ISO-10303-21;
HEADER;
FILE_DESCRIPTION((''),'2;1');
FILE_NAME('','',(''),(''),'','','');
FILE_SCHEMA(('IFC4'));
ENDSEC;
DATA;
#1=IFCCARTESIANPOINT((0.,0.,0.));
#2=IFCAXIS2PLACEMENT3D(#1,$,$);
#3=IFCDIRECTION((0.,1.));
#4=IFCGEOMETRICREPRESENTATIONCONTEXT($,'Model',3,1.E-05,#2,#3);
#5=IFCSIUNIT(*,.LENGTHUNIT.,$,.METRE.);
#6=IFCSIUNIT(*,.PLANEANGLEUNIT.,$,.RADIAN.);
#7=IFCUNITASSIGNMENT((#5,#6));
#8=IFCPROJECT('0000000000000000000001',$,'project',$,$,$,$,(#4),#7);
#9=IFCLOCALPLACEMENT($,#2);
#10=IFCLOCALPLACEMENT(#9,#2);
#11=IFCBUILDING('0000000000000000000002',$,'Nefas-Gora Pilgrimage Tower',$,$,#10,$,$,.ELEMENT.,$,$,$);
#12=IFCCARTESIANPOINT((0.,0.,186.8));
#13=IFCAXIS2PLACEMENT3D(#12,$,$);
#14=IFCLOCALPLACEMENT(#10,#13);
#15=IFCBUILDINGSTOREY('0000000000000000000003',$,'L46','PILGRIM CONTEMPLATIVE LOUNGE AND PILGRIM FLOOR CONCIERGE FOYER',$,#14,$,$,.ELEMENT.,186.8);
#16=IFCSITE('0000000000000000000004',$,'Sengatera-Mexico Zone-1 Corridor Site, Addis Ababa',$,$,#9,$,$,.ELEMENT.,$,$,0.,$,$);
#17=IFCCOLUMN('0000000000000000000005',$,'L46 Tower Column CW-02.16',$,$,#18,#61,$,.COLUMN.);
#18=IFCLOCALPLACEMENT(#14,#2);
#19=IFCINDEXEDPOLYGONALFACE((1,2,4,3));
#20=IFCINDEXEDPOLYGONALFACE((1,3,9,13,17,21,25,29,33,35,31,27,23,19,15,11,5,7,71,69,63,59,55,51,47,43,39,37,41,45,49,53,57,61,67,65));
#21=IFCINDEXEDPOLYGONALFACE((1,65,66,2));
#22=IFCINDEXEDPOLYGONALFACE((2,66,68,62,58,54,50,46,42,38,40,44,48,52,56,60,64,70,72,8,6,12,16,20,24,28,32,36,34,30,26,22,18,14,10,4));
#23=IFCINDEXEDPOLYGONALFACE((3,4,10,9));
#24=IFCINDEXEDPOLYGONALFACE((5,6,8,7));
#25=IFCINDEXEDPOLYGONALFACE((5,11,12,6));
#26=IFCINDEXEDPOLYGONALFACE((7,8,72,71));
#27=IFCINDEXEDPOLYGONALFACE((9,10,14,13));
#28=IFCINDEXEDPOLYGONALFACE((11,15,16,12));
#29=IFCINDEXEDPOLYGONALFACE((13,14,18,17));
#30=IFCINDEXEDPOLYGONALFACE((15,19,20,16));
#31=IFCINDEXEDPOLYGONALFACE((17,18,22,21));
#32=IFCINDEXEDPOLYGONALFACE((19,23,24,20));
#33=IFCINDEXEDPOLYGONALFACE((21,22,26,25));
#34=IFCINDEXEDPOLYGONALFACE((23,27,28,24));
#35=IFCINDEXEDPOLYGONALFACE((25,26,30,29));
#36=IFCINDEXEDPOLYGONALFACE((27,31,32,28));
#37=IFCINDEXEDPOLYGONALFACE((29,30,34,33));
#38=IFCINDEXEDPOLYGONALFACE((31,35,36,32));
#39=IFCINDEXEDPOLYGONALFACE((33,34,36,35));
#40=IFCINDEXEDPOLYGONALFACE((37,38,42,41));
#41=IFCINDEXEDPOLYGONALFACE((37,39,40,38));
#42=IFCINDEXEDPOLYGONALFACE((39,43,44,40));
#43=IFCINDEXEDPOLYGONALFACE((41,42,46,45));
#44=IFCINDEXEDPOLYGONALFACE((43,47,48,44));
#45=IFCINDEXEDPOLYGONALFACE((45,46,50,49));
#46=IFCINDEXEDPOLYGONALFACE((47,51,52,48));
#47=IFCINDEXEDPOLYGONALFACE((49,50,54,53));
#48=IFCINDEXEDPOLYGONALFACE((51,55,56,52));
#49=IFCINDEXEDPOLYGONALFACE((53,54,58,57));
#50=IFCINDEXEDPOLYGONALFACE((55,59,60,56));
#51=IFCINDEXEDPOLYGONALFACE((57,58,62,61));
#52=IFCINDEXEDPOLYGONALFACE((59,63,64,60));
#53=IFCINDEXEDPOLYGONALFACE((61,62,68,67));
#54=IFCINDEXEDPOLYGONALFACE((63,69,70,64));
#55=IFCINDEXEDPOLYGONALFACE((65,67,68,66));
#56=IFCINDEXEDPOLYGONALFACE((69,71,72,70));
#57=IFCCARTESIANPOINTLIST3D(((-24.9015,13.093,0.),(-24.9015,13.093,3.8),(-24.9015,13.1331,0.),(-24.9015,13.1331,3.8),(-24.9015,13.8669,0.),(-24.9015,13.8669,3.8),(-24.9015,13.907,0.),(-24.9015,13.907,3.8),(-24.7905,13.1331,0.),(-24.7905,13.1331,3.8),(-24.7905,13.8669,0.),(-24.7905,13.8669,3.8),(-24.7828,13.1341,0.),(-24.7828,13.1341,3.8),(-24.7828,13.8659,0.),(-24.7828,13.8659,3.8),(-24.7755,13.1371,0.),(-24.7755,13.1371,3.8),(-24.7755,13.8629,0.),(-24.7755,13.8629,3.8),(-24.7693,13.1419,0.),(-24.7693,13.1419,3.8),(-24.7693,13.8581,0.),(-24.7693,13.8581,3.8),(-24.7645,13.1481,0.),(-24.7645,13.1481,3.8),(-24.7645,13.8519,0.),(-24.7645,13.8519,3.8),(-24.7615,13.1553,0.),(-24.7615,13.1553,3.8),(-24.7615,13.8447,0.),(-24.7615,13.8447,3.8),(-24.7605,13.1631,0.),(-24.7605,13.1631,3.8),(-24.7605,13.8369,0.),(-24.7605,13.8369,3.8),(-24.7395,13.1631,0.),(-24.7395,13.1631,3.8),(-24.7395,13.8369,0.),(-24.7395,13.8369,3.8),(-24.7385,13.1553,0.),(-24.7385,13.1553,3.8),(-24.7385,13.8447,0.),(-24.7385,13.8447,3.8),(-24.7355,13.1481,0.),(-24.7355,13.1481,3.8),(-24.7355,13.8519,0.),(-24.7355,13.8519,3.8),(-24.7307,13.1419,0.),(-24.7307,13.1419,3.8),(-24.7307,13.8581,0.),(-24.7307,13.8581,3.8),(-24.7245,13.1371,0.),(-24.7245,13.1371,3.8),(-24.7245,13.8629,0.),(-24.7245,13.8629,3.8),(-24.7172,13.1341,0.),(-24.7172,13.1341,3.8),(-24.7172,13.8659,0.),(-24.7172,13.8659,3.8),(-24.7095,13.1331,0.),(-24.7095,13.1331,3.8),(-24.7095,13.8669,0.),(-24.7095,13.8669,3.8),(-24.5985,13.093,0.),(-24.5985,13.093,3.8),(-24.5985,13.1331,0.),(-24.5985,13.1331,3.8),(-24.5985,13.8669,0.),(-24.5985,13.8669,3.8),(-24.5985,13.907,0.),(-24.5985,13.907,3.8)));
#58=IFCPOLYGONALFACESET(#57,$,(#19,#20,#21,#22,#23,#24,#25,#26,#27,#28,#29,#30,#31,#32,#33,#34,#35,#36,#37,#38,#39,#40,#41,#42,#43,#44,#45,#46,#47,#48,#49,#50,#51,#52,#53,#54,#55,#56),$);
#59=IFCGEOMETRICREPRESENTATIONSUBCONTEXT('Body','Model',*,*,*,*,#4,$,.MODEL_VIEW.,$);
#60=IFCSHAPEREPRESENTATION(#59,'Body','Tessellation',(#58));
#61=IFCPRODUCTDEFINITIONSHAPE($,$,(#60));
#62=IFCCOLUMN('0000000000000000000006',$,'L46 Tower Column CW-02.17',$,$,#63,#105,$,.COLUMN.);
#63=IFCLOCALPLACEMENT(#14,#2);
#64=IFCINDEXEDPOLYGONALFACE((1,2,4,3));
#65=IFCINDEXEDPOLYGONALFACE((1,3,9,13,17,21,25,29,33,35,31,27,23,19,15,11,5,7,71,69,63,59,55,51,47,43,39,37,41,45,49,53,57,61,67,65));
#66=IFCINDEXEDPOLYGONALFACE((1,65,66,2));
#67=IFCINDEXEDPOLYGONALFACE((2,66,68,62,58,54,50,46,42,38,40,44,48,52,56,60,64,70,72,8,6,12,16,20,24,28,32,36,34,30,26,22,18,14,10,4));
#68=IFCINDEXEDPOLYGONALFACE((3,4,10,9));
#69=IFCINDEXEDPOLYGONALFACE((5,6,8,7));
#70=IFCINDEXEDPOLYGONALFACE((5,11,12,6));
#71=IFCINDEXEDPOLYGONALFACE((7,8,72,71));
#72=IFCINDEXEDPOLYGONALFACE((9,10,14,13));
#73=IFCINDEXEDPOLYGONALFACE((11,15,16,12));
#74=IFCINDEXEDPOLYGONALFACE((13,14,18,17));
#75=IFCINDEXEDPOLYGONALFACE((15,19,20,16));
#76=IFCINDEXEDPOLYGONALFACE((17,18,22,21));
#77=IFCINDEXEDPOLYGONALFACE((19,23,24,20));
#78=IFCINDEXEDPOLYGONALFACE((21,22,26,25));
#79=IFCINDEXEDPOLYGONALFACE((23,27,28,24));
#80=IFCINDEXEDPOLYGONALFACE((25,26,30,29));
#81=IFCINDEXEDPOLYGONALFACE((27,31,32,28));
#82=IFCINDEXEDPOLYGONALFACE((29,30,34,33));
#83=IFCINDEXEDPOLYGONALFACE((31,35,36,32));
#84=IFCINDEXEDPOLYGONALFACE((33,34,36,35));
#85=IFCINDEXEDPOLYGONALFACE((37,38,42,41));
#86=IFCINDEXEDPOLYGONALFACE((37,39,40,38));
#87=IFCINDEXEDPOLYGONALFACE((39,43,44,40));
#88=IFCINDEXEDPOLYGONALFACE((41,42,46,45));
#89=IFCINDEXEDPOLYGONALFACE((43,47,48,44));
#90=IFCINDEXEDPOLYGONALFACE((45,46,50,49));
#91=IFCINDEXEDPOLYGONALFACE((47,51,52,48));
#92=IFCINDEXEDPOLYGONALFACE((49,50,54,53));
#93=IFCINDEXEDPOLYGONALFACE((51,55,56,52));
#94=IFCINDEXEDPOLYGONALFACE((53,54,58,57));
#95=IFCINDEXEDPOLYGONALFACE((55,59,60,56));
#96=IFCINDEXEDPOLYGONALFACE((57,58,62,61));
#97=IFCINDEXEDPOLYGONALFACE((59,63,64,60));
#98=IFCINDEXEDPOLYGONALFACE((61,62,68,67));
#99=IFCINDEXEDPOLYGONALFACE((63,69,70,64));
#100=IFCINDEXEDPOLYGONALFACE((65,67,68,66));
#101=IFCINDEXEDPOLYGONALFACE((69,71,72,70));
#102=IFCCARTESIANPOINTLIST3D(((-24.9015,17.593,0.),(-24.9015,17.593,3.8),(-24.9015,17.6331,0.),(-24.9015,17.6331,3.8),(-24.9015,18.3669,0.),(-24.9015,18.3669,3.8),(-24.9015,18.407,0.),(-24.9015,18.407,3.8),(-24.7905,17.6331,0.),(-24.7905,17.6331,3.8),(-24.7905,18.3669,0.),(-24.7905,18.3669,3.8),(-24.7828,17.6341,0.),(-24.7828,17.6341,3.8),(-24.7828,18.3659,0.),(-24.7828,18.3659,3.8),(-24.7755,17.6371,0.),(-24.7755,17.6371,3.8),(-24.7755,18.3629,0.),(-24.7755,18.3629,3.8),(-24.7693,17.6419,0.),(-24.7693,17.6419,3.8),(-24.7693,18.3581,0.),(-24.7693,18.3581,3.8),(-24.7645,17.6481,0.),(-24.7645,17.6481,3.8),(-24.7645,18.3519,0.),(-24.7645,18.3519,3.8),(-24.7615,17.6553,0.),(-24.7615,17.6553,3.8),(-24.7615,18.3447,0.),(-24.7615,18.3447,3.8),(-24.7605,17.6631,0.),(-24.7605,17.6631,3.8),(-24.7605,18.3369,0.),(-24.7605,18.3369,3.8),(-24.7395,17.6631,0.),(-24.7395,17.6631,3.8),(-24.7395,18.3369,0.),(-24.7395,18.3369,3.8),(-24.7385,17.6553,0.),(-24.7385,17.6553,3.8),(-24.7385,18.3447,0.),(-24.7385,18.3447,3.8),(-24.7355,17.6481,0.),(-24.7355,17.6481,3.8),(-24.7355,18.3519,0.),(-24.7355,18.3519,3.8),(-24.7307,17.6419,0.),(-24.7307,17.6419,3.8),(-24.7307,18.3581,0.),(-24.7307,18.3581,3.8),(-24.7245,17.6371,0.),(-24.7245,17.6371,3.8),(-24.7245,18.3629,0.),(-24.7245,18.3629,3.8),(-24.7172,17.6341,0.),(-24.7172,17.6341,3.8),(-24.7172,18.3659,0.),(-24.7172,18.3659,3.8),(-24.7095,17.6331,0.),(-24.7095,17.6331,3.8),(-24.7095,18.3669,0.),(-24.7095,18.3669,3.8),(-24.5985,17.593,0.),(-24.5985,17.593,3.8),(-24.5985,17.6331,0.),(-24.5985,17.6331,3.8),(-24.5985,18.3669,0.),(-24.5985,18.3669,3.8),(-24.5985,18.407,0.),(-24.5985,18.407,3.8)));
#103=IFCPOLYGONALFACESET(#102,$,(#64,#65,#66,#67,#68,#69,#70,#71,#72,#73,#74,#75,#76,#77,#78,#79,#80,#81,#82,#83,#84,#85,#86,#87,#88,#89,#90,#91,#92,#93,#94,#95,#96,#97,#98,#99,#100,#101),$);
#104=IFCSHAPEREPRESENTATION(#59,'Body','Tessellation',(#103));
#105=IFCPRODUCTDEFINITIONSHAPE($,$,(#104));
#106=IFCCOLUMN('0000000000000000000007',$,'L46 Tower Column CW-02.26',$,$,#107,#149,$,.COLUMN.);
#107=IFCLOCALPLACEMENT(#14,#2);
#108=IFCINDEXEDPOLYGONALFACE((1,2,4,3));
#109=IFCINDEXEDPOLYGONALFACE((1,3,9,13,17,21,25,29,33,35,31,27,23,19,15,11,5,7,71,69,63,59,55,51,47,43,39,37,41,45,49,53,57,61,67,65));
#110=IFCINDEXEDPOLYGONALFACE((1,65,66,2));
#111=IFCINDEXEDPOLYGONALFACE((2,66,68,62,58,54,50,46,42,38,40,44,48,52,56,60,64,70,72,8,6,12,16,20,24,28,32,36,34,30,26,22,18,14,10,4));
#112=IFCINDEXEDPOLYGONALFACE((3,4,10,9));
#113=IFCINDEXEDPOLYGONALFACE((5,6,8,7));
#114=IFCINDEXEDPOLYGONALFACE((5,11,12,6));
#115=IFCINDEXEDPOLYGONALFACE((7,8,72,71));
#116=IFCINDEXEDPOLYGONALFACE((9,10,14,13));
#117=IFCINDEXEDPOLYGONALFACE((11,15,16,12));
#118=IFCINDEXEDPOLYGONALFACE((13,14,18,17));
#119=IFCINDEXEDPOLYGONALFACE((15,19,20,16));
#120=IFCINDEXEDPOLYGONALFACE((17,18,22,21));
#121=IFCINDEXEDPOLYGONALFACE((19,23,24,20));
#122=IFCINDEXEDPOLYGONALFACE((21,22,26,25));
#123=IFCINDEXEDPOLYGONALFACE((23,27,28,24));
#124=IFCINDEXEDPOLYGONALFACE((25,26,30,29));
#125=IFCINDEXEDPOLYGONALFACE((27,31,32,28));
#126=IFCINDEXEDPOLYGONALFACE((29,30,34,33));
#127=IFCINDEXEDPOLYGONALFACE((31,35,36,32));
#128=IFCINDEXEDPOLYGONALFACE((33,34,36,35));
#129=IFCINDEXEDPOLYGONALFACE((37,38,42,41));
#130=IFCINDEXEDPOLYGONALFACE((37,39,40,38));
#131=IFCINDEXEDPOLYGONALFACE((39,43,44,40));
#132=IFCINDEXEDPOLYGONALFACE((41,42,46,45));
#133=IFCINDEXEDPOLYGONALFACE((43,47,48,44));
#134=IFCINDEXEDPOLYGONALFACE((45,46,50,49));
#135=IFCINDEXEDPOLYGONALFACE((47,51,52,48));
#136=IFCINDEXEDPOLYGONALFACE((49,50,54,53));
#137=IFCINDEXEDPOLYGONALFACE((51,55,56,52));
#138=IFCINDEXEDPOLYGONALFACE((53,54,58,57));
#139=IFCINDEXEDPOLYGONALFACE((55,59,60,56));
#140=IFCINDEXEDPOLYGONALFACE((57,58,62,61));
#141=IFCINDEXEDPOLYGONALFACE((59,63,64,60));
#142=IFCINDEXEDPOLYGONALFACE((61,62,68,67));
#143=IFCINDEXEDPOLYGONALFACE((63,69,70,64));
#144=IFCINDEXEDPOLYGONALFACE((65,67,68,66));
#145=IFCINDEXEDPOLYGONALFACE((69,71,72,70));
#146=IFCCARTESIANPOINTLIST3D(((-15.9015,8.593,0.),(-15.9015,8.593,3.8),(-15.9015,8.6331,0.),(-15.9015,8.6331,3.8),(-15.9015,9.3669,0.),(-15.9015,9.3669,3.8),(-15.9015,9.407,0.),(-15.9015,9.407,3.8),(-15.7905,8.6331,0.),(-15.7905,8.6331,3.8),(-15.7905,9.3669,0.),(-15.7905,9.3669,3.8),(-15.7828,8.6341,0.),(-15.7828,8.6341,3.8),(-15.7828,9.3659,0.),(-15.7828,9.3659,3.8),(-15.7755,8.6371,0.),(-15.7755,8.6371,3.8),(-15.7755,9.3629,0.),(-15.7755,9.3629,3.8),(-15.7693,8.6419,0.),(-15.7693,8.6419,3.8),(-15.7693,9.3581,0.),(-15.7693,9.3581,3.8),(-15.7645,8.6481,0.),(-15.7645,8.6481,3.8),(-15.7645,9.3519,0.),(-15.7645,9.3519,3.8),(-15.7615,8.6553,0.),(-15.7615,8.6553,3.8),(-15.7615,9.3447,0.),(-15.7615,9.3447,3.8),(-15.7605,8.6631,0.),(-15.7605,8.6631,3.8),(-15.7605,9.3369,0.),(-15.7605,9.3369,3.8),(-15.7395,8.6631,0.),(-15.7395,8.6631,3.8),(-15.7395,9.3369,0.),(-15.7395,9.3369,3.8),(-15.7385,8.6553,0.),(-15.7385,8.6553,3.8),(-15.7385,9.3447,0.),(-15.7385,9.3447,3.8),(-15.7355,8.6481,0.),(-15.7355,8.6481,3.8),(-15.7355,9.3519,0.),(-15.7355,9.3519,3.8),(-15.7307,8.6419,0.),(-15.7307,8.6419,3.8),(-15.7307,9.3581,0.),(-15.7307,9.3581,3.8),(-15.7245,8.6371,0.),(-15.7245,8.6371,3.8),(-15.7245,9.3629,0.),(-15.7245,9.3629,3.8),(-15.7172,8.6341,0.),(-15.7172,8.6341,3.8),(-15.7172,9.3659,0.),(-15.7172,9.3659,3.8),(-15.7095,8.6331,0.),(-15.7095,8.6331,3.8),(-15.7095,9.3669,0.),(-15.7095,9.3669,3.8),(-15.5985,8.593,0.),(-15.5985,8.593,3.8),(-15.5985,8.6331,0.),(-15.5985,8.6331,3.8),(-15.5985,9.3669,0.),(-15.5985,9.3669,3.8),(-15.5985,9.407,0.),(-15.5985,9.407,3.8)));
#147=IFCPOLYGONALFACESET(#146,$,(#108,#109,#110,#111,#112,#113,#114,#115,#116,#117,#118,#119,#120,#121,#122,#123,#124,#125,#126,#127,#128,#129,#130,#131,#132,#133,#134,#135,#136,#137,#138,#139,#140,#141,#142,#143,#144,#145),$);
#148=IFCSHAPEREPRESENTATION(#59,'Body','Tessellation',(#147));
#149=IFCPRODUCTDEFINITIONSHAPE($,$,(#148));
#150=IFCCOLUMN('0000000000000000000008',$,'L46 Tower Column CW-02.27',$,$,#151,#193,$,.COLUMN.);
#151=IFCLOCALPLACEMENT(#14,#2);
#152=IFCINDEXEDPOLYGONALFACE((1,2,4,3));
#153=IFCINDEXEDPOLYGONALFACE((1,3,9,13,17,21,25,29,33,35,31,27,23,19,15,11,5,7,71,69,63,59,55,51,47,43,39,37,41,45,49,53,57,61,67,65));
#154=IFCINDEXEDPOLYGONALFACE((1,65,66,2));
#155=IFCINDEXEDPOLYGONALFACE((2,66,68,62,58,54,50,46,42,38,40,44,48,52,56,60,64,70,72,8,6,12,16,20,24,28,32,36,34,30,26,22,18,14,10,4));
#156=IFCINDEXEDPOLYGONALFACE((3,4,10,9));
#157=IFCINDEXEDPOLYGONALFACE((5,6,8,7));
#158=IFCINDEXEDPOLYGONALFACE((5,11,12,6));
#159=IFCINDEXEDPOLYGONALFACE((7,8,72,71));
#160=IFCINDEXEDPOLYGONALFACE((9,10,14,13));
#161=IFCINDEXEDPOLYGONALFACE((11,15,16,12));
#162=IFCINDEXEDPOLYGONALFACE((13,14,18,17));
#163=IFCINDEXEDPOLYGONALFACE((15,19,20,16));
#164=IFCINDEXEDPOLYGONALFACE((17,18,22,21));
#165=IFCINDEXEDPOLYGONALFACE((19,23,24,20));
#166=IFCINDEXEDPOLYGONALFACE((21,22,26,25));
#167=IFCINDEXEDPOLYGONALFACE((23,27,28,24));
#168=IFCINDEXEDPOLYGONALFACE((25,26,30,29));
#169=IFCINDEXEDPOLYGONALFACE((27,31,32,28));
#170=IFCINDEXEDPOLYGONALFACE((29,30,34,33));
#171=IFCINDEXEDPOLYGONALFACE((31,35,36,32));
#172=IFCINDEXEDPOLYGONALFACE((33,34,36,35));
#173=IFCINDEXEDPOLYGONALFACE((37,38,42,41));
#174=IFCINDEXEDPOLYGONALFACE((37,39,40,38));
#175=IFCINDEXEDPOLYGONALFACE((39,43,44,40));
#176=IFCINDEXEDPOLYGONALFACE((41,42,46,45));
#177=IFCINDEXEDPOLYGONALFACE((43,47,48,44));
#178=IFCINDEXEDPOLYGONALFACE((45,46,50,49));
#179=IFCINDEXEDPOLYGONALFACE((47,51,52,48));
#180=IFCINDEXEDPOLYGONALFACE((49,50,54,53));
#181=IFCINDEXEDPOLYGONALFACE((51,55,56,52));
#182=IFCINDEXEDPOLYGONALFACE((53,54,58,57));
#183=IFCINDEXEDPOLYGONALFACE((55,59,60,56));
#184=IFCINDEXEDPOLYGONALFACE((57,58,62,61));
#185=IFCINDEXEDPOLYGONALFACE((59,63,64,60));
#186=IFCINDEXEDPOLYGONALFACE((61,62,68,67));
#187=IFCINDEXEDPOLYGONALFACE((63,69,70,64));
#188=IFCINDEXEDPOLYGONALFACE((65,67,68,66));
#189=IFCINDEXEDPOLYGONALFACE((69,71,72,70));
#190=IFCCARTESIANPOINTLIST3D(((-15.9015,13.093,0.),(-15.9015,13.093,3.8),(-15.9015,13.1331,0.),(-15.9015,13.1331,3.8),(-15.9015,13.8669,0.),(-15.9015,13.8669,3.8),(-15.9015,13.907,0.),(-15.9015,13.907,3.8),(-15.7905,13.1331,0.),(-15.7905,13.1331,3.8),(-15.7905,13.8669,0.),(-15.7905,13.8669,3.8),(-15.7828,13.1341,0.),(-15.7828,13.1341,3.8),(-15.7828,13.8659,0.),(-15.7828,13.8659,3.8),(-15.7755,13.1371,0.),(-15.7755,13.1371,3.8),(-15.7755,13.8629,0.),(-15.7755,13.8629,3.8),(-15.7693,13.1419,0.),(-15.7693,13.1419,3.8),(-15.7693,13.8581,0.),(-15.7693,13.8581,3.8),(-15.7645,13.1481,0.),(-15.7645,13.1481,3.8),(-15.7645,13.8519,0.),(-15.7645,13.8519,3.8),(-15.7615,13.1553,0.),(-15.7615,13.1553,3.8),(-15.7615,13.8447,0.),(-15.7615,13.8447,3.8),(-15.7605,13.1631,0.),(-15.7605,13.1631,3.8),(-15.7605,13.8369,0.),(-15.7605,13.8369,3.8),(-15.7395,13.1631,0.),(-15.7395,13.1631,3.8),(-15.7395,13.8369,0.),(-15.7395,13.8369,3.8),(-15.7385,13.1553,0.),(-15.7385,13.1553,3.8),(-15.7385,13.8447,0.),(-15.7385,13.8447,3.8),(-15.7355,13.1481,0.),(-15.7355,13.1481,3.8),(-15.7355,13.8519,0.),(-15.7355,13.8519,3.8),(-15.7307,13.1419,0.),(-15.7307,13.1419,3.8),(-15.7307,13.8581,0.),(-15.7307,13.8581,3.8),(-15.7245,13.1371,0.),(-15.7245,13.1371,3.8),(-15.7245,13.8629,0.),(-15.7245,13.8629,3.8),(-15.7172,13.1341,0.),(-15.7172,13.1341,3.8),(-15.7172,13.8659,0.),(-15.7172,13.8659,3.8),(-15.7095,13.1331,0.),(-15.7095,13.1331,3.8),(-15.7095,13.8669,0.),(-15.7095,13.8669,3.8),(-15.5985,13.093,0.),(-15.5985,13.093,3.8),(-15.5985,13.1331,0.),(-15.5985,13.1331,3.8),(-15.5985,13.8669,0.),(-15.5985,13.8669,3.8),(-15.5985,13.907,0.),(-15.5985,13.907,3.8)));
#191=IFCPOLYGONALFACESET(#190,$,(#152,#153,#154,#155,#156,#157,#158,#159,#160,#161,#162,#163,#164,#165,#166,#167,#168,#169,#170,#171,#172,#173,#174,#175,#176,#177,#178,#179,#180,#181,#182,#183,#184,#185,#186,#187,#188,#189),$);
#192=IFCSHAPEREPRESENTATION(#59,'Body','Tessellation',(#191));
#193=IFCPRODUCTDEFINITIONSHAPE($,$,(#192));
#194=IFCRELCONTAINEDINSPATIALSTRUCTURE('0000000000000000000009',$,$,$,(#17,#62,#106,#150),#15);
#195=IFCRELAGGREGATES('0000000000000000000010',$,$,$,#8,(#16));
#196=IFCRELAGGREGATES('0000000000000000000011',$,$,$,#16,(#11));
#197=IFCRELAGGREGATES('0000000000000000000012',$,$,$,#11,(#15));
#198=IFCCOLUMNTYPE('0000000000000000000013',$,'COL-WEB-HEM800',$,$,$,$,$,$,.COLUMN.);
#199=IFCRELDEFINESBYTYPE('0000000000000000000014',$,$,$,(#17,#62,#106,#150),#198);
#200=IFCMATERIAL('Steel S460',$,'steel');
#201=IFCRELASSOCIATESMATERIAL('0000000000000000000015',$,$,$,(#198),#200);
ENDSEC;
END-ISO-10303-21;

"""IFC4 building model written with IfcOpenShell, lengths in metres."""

from ifc_helpers import new_model, si_unit, direction, frame, origin, origin_2d, place, context, subcontext, project, spatial, i_section, extrude, source, transform, mapped, material, material_profile, profile_set, type_object, element, save


model = new_model("IFC4")

# Units and contexts
model_context = context("Model", 3, precision=1e-05, world=origin(), true_north=direction((0.0, 1.0)))
body_context = subcontext(model_context, "Body", "Model", "MODEL_VIEW")
ifc_project = project(units=[si_unit("LENGTHUNIT", "METRE"), si_unit("PLANEANGLEUNIT", "RADIAN")], contexts=[model_context])

# Site, building, storey
site_placement = place(None, origin())
site = spatial("IfcSite", under=ifc_project, at=site_placement, Name="Sengatera-Mexico Zone-1 Corridor Site, Addis Ababa", CompositionType="ELEMENT", RefElevation=0.0)
building_placement = place(site_placement, origin())
building = spatial("IfcBuilding", under=site, at=building_placement, Name="Nefas-Gora Pilgrimage Tower", CompositionType="ELEMENT")
storey_placement = place(building_placement, frame((0.0, 0.0, 186.8)))
storey = spatial("IfcBuildingStorey", under=building, at=storey_placement, Name="L46", Description="PILGRIM CONTEMPLATIVE LOUNGE AND PILGRIM FLOOR CONCIERGE FOYER", CompositionType="ELEMENT", Elevation=186.8)

# Columns
ifc_material_1 = material(Name="Steel S460", Category="steel")
ifc_material_profile_1 = material_profile(ifc_material_1, i_section(OverallWidth=0.303, OverallDepth=0.814, WebThickness=0.021, FlangeThickness=0.04, FilletRadius=0.03, at=origin_2d()), Name="HEM 800")
ifc_profile_set_1 = profile_set([ifc_material_profile_1], Name="Steel S460")
column_type_1 = type_object("IfcColumnType", Name="COL-WEB-HEM800", PredefinedType="COLUMN", material=ifc_profile_set_1)
shared_shape_1 = source(origin(), body_context, "Body", "SweptSolid", [
    extrude(i_section(OverallWidth=0.303, OverallDepth=0.814, WebThickness=0.021, FlangeThickness=0.04, FilletRadius=0.03, at=origin_2d()), origin(), (0.0, 0.0, 1.0), 3.8),
])
for number, where, z_axis, x_axis, name in (
    (1, (-24.75, 13.5, 0.0), (0.0, 0.0, 1.0), (1.0, 0.0, 0.0), "L46 Tower Column CW-02.16"),
    (2, (-24.75, 18.0, 0.0), (0.0, 0.0, 1.0), (1.0, 0.0, 0.0), "L46 Tower Column CW-02.17"),
    (3, (-15.75, 9.0, 0.0), (0.0, 0.0, 1.0), (1.0, 0.0, 0.0), "L46 Tower Column CW-02.26"),
    (4, (-15.75, 13.5, 0.0), (0.0, 0.0, 1.0), (1.0, 0.0, 0.0), "L46 Tower Column CW-02.27"),
):
    element("IfcColumn", number, at=place(storey_placement, frame(where, z_axis=z_axis, x_axis=x_axis)), inside=storey, type_object=column_type_1, Name=name, PredefinedType="COLUMN", context=body_context, shape_type="MappedRepresentation", body=[
        mapped(shared_shape_1, transform((0.0, 0.0, 0.0), x_axis=(1.0, 0.0, 0.0), y_axis=(0.0, 1.0, 0.0), z_axis=(0.0, 0.0, 1.0), scale=1.0)),
    ])

save(model, "model.ifc")
